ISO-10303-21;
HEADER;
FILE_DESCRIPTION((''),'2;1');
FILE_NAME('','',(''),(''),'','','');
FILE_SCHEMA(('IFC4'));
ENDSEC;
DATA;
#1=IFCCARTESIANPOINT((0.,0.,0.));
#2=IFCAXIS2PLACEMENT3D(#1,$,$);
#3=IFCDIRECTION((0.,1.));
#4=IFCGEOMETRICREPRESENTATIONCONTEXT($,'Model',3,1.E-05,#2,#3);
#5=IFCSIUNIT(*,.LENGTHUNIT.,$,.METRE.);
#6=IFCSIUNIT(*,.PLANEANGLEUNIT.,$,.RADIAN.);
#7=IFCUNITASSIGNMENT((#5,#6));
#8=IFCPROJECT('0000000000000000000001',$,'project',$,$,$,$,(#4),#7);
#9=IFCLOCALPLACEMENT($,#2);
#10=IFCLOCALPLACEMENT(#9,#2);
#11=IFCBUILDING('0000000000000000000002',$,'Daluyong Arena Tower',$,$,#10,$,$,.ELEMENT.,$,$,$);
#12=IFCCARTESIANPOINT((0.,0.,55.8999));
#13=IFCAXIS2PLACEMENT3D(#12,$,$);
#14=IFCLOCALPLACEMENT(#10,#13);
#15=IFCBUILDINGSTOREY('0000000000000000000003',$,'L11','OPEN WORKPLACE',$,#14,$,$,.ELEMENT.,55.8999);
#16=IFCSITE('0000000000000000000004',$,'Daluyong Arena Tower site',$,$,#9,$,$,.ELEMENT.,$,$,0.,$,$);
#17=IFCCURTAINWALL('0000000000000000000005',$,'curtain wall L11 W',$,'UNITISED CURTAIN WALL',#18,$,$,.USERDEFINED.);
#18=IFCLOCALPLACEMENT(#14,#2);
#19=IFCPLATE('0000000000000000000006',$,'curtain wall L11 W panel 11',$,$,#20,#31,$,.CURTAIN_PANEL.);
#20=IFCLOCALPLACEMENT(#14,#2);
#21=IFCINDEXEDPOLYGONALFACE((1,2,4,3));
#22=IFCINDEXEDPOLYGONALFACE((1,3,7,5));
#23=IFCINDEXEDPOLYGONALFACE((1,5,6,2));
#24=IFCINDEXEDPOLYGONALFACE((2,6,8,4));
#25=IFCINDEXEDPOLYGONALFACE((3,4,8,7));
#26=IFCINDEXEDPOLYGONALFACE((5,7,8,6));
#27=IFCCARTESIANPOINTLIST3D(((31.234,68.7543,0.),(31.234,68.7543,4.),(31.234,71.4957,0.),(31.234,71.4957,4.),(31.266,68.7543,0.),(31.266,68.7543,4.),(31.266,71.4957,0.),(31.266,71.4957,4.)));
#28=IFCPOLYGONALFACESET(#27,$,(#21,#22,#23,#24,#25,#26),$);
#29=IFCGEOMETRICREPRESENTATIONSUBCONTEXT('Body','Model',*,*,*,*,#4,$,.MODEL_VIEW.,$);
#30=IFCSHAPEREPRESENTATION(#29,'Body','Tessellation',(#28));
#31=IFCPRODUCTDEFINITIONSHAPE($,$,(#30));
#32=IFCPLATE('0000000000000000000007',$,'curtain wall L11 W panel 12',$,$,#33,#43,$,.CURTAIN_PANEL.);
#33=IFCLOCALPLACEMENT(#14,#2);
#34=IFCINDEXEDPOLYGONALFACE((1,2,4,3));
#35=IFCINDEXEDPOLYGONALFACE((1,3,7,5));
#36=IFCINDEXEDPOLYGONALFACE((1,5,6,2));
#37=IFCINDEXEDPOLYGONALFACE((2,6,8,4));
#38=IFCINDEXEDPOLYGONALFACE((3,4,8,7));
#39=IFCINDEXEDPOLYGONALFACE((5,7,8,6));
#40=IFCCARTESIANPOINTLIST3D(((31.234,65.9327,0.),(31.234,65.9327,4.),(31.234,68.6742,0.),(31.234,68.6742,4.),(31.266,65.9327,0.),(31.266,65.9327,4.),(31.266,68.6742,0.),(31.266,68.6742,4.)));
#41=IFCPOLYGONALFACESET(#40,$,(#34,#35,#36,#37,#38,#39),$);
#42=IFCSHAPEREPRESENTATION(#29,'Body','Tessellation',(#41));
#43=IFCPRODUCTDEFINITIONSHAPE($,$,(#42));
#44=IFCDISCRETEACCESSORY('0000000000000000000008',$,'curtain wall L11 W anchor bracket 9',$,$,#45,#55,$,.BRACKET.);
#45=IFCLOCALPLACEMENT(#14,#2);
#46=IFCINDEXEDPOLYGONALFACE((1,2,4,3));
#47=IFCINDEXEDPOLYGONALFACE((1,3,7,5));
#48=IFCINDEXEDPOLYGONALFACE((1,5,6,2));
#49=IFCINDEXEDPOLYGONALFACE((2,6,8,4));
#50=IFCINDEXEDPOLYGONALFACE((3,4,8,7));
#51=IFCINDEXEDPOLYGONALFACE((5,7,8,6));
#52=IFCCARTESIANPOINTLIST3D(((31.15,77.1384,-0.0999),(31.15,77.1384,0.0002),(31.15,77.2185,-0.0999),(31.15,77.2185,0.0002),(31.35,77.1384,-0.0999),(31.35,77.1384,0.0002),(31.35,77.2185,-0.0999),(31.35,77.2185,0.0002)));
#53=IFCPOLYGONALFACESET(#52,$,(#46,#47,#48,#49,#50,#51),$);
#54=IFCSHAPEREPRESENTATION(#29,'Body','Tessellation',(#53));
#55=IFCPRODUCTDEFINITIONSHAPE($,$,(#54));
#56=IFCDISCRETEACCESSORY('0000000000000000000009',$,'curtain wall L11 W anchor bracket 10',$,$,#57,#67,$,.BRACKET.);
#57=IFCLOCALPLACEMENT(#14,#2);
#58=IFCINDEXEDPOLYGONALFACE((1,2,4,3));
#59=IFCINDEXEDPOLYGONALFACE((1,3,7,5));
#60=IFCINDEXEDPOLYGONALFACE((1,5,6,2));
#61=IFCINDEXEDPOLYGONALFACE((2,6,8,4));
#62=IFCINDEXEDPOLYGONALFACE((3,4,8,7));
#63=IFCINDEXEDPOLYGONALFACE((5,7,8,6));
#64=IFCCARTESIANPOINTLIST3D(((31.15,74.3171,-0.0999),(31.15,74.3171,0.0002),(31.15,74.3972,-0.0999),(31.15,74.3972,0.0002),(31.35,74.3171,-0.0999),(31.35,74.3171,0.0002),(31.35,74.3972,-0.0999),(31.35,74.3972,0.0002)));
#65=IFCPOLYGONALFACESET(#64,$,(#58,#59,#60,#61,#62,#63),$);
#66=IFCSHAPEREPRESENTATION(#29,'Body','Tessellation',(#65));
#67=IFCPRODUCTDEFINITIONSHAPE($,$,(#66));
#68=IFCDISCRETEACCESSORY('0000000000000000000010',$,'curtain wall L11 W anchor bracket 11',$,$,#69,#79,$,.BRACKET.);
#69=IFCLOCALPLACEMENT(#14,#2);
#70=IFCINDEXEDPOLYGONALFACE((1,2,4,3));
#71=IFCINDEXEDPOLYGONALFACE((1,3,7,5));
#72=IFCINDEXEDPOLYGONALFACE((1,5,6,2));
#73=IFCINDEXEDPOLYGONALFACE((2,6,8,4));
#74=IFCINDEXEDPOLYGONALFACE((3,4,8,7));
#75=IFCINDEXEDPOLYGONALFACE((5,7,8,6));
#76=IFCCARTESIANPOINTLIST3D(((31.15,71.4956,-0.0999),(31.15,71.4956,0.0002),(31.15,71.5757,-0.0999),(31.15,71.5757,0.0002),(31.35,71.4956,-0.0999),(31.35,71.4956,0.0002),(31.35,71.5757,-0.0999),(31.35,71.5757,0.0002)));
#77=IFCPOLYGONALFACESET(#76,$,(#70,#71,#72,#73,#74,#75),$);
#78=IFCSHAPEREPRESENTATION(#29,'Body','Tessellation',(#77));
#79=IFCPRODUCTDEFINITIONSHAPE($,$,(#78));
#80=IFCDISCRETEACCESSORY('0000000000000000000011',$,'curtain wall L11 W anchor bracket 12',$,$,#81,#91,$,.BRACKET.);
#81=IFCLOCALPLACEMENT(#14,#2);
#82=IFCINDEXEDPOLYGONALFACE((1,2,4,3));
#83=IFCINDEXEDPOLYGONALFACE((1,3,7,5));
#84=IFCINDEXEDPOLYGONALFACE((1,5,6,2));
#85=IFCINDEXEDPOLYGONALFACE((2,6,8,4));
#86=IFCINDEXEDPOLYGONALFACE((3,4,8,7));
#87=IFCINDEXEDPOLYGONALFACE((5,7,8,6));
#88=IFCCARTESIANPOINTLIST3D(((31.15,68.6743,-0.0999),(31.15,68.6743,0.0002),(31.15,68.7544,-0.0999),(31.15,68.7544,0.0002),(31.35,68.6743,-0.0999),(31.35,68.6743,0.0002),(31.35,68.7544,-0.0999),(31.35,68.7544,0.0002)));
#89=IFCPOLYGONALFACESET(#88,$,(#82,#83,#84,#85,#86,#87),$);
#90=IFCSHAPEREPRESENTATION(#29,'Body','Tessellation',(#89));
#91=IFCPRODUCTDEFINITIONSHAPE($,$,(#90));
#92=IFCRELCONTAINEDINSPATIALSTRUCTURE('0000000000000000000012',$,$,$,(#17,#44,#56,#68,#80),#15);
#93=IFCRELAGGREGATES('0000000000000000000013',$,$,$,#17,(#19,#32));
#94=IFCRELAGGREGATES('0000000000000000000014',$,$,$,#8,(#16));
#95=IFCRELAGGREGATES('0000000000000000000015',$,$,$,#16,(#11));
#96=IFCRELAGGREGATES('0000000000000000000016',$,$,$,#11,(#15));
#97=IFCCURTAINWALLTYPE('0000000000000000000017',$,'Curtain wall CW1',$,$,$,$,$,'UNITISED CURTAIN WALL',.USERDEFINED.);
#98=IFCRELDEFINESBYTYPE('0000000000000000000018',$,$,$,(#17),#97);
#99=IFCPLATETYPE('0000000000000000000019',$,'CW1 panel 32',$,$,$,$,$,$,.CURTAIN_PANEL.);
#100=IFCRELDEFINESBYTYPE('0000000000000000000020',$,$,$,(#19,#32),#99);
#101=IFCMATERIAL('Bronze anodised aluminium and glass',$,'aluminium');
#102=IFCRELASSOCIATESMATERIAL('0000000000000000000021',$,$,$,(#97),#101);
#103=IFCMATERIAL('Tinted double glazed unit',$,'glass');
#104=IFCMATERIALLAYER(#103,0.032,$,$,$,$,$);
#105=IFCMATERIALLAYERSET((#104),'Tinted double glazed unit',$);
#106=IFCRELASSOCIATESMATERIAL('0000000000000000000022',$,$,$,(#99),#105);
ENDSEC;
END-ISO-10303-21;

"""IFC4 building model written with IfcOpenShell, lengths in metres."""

from ifc_helpers import new_model, si_unit, direction, frame, origin, origin_2d, place, context, subcontext, project, spatial, rectangle, extrude, material, layer, layer_set, type_object, element, aggregate, save


model = new_model("IFC4")

# Units and contexts
model_context = context("Model", 3, precision=1e-05, world=origin(), true_north=direction((0.0, 1.0)))
body_context = subcontext(model_context, "Body", "Model", "MODEL_VIEW")
ifc_project = project(units=[si_unit("LENGTHUNIT", "METRE"), si_unit("PLANEANGLEUNIT", "RADIAN")], contexts=[model_context])

# Site, building, storey
site_placement = place(None, origin())
site = spatial("IfcSite", under=ifc_project, at=site_placement, Name="Daluyong Arena Tower site", CompositionType="ELEMENT", RefElevation=0.0)
building_placement = place(site_placement, origin())
building = spatial("IfcBuilding", under=site, at=building_placement, Name="Daluyong Arena Tower", CompositionType="ELEMENT")
storey_placement = place(building_placement, frame((0.0, 0.0, 55.8999)))
storey = spatial("IfcBuildingStorey", under=building, at=storey_placement, Name="L11", Description="OPEN WORKPLACE", CompositionType="ELEMENT", Elevation=55.8999)

# Curtain wall
ifc_material_1 = material(Name="Bronze anodised aluminium and glass", Category="aluminium")
curtain_wall_type = type_object("IfcCurtainWallType", Name="Curtain wall CW1", ElementType="UNITISED CURTAIN WALL", PredefinedType="USERDEFINED", material=ifc_material_1)
curtain_wall_placement = place(storey_placement, origin())
curtain_wall = element("IfcCurtainWall", 1, at=curtain_wall_placement, inside=storey, type_object=curtain_wall_type, Name="curtain wall L11 W", ObjectType="UNITISED CURTAIN WALL", PredefinedType="USERDEFINED")

# Plates
ifc_material_2 = material(Name="Tinted double glazed unit", Category="glass")
ifc_layer = layer(ifc_material_2, 0.032)
ifc_layer_set = layer_set([ifc_layer], Name="Tinted double glazed unit")
plate_type = type_object("IfcPlateType", Name="CW1 panel 32", PredefinedType="CURTAIN_PANEL", material=ifc_layer_set)
plate_1_placement = place(storey_placement, frame((31.25, 70.125, 0.0), z_axis=(0.0, 0.0, 1.0), x_axis=(0.0, -1.0, 0.0)))
plate_1 = element("IfcPlate", 2, at=plate_1_placement, type_object=plate_type, Name="curtain wall L11 W panel 11", PredefinedType="CURTAIN_PANEL", context=body_context, shape_type="SweptSolid", body=[
    extrude(rectangle(XDim=2.7415, YDim=0.032, at=origin_2d()), origin(), (0.0, 0.0, 1.0), 4.0),
])
plate_2_placement = place(storey_placement, frame((31.25, 67.3035, 0.0), z_axis=(0.0, 0.0, 1.0), x_axis=(0.0, -1.0, 0.0)))
plate_2 = element("IfcPlate", 3, at=plate_2_placement, type_object=plate_type, Name="curtain wall L11 W panel 12", PredefinedType="CURTAIN_PANEL", context=body_context, shape_type="SweptSolid", body=[
    extrude(rectangle(XDim=2.7415, YDim=0.032, at=origin_2d()), origin(), (0.0, 0.0, 1.0), 4.0),
])
aggregate(curtain_wall, [plate_1, plate_2])

# Discrete accessories
for number, where, z_axis, x_axis, name in (
    (4, (31.25, 77.1785, -0.0999), (0.0, 0.0, 1.0), (0.0, -1.0, 0.0), "curtain wall L11 W anchor bracket 9"),
    (5, (31.25, 74.3572, -0.0999), (0.0, 0.0, 1.0), (0.0, -1.0, 0.0), "curtain wall L11 W anchor bracket 10"),
    (6, (31.25, 71.5356, -0.0999), (0.0, 0.0, 1.0), (0.0, -1.0, 0.0), "curtain wall L11 W anchor bracket 11"),
    (7, (31.25, 68.7144, -0.0999), (0.0, 0.0, 1.0), (0.0, -1.0, 0.0), "curtain wall L11 W anchor bracket 12"),
):
    element("IfcDiscreteAccessory", number, at=place(storey_placement, frame(where, z_axis=z_axis, x_axis=x_axis)), inside=storey, Name=name, PredefinedType="BRACKET", context=body_context, shape_type="SweptSolid", body=[
        extrude(rectangle(XDim=0.0801, YDim=0.2, at=origin_2d()), origin(), (0.0, 0.0, 1.0), 0.1001),
    ])

save(model, "model.ifc")
